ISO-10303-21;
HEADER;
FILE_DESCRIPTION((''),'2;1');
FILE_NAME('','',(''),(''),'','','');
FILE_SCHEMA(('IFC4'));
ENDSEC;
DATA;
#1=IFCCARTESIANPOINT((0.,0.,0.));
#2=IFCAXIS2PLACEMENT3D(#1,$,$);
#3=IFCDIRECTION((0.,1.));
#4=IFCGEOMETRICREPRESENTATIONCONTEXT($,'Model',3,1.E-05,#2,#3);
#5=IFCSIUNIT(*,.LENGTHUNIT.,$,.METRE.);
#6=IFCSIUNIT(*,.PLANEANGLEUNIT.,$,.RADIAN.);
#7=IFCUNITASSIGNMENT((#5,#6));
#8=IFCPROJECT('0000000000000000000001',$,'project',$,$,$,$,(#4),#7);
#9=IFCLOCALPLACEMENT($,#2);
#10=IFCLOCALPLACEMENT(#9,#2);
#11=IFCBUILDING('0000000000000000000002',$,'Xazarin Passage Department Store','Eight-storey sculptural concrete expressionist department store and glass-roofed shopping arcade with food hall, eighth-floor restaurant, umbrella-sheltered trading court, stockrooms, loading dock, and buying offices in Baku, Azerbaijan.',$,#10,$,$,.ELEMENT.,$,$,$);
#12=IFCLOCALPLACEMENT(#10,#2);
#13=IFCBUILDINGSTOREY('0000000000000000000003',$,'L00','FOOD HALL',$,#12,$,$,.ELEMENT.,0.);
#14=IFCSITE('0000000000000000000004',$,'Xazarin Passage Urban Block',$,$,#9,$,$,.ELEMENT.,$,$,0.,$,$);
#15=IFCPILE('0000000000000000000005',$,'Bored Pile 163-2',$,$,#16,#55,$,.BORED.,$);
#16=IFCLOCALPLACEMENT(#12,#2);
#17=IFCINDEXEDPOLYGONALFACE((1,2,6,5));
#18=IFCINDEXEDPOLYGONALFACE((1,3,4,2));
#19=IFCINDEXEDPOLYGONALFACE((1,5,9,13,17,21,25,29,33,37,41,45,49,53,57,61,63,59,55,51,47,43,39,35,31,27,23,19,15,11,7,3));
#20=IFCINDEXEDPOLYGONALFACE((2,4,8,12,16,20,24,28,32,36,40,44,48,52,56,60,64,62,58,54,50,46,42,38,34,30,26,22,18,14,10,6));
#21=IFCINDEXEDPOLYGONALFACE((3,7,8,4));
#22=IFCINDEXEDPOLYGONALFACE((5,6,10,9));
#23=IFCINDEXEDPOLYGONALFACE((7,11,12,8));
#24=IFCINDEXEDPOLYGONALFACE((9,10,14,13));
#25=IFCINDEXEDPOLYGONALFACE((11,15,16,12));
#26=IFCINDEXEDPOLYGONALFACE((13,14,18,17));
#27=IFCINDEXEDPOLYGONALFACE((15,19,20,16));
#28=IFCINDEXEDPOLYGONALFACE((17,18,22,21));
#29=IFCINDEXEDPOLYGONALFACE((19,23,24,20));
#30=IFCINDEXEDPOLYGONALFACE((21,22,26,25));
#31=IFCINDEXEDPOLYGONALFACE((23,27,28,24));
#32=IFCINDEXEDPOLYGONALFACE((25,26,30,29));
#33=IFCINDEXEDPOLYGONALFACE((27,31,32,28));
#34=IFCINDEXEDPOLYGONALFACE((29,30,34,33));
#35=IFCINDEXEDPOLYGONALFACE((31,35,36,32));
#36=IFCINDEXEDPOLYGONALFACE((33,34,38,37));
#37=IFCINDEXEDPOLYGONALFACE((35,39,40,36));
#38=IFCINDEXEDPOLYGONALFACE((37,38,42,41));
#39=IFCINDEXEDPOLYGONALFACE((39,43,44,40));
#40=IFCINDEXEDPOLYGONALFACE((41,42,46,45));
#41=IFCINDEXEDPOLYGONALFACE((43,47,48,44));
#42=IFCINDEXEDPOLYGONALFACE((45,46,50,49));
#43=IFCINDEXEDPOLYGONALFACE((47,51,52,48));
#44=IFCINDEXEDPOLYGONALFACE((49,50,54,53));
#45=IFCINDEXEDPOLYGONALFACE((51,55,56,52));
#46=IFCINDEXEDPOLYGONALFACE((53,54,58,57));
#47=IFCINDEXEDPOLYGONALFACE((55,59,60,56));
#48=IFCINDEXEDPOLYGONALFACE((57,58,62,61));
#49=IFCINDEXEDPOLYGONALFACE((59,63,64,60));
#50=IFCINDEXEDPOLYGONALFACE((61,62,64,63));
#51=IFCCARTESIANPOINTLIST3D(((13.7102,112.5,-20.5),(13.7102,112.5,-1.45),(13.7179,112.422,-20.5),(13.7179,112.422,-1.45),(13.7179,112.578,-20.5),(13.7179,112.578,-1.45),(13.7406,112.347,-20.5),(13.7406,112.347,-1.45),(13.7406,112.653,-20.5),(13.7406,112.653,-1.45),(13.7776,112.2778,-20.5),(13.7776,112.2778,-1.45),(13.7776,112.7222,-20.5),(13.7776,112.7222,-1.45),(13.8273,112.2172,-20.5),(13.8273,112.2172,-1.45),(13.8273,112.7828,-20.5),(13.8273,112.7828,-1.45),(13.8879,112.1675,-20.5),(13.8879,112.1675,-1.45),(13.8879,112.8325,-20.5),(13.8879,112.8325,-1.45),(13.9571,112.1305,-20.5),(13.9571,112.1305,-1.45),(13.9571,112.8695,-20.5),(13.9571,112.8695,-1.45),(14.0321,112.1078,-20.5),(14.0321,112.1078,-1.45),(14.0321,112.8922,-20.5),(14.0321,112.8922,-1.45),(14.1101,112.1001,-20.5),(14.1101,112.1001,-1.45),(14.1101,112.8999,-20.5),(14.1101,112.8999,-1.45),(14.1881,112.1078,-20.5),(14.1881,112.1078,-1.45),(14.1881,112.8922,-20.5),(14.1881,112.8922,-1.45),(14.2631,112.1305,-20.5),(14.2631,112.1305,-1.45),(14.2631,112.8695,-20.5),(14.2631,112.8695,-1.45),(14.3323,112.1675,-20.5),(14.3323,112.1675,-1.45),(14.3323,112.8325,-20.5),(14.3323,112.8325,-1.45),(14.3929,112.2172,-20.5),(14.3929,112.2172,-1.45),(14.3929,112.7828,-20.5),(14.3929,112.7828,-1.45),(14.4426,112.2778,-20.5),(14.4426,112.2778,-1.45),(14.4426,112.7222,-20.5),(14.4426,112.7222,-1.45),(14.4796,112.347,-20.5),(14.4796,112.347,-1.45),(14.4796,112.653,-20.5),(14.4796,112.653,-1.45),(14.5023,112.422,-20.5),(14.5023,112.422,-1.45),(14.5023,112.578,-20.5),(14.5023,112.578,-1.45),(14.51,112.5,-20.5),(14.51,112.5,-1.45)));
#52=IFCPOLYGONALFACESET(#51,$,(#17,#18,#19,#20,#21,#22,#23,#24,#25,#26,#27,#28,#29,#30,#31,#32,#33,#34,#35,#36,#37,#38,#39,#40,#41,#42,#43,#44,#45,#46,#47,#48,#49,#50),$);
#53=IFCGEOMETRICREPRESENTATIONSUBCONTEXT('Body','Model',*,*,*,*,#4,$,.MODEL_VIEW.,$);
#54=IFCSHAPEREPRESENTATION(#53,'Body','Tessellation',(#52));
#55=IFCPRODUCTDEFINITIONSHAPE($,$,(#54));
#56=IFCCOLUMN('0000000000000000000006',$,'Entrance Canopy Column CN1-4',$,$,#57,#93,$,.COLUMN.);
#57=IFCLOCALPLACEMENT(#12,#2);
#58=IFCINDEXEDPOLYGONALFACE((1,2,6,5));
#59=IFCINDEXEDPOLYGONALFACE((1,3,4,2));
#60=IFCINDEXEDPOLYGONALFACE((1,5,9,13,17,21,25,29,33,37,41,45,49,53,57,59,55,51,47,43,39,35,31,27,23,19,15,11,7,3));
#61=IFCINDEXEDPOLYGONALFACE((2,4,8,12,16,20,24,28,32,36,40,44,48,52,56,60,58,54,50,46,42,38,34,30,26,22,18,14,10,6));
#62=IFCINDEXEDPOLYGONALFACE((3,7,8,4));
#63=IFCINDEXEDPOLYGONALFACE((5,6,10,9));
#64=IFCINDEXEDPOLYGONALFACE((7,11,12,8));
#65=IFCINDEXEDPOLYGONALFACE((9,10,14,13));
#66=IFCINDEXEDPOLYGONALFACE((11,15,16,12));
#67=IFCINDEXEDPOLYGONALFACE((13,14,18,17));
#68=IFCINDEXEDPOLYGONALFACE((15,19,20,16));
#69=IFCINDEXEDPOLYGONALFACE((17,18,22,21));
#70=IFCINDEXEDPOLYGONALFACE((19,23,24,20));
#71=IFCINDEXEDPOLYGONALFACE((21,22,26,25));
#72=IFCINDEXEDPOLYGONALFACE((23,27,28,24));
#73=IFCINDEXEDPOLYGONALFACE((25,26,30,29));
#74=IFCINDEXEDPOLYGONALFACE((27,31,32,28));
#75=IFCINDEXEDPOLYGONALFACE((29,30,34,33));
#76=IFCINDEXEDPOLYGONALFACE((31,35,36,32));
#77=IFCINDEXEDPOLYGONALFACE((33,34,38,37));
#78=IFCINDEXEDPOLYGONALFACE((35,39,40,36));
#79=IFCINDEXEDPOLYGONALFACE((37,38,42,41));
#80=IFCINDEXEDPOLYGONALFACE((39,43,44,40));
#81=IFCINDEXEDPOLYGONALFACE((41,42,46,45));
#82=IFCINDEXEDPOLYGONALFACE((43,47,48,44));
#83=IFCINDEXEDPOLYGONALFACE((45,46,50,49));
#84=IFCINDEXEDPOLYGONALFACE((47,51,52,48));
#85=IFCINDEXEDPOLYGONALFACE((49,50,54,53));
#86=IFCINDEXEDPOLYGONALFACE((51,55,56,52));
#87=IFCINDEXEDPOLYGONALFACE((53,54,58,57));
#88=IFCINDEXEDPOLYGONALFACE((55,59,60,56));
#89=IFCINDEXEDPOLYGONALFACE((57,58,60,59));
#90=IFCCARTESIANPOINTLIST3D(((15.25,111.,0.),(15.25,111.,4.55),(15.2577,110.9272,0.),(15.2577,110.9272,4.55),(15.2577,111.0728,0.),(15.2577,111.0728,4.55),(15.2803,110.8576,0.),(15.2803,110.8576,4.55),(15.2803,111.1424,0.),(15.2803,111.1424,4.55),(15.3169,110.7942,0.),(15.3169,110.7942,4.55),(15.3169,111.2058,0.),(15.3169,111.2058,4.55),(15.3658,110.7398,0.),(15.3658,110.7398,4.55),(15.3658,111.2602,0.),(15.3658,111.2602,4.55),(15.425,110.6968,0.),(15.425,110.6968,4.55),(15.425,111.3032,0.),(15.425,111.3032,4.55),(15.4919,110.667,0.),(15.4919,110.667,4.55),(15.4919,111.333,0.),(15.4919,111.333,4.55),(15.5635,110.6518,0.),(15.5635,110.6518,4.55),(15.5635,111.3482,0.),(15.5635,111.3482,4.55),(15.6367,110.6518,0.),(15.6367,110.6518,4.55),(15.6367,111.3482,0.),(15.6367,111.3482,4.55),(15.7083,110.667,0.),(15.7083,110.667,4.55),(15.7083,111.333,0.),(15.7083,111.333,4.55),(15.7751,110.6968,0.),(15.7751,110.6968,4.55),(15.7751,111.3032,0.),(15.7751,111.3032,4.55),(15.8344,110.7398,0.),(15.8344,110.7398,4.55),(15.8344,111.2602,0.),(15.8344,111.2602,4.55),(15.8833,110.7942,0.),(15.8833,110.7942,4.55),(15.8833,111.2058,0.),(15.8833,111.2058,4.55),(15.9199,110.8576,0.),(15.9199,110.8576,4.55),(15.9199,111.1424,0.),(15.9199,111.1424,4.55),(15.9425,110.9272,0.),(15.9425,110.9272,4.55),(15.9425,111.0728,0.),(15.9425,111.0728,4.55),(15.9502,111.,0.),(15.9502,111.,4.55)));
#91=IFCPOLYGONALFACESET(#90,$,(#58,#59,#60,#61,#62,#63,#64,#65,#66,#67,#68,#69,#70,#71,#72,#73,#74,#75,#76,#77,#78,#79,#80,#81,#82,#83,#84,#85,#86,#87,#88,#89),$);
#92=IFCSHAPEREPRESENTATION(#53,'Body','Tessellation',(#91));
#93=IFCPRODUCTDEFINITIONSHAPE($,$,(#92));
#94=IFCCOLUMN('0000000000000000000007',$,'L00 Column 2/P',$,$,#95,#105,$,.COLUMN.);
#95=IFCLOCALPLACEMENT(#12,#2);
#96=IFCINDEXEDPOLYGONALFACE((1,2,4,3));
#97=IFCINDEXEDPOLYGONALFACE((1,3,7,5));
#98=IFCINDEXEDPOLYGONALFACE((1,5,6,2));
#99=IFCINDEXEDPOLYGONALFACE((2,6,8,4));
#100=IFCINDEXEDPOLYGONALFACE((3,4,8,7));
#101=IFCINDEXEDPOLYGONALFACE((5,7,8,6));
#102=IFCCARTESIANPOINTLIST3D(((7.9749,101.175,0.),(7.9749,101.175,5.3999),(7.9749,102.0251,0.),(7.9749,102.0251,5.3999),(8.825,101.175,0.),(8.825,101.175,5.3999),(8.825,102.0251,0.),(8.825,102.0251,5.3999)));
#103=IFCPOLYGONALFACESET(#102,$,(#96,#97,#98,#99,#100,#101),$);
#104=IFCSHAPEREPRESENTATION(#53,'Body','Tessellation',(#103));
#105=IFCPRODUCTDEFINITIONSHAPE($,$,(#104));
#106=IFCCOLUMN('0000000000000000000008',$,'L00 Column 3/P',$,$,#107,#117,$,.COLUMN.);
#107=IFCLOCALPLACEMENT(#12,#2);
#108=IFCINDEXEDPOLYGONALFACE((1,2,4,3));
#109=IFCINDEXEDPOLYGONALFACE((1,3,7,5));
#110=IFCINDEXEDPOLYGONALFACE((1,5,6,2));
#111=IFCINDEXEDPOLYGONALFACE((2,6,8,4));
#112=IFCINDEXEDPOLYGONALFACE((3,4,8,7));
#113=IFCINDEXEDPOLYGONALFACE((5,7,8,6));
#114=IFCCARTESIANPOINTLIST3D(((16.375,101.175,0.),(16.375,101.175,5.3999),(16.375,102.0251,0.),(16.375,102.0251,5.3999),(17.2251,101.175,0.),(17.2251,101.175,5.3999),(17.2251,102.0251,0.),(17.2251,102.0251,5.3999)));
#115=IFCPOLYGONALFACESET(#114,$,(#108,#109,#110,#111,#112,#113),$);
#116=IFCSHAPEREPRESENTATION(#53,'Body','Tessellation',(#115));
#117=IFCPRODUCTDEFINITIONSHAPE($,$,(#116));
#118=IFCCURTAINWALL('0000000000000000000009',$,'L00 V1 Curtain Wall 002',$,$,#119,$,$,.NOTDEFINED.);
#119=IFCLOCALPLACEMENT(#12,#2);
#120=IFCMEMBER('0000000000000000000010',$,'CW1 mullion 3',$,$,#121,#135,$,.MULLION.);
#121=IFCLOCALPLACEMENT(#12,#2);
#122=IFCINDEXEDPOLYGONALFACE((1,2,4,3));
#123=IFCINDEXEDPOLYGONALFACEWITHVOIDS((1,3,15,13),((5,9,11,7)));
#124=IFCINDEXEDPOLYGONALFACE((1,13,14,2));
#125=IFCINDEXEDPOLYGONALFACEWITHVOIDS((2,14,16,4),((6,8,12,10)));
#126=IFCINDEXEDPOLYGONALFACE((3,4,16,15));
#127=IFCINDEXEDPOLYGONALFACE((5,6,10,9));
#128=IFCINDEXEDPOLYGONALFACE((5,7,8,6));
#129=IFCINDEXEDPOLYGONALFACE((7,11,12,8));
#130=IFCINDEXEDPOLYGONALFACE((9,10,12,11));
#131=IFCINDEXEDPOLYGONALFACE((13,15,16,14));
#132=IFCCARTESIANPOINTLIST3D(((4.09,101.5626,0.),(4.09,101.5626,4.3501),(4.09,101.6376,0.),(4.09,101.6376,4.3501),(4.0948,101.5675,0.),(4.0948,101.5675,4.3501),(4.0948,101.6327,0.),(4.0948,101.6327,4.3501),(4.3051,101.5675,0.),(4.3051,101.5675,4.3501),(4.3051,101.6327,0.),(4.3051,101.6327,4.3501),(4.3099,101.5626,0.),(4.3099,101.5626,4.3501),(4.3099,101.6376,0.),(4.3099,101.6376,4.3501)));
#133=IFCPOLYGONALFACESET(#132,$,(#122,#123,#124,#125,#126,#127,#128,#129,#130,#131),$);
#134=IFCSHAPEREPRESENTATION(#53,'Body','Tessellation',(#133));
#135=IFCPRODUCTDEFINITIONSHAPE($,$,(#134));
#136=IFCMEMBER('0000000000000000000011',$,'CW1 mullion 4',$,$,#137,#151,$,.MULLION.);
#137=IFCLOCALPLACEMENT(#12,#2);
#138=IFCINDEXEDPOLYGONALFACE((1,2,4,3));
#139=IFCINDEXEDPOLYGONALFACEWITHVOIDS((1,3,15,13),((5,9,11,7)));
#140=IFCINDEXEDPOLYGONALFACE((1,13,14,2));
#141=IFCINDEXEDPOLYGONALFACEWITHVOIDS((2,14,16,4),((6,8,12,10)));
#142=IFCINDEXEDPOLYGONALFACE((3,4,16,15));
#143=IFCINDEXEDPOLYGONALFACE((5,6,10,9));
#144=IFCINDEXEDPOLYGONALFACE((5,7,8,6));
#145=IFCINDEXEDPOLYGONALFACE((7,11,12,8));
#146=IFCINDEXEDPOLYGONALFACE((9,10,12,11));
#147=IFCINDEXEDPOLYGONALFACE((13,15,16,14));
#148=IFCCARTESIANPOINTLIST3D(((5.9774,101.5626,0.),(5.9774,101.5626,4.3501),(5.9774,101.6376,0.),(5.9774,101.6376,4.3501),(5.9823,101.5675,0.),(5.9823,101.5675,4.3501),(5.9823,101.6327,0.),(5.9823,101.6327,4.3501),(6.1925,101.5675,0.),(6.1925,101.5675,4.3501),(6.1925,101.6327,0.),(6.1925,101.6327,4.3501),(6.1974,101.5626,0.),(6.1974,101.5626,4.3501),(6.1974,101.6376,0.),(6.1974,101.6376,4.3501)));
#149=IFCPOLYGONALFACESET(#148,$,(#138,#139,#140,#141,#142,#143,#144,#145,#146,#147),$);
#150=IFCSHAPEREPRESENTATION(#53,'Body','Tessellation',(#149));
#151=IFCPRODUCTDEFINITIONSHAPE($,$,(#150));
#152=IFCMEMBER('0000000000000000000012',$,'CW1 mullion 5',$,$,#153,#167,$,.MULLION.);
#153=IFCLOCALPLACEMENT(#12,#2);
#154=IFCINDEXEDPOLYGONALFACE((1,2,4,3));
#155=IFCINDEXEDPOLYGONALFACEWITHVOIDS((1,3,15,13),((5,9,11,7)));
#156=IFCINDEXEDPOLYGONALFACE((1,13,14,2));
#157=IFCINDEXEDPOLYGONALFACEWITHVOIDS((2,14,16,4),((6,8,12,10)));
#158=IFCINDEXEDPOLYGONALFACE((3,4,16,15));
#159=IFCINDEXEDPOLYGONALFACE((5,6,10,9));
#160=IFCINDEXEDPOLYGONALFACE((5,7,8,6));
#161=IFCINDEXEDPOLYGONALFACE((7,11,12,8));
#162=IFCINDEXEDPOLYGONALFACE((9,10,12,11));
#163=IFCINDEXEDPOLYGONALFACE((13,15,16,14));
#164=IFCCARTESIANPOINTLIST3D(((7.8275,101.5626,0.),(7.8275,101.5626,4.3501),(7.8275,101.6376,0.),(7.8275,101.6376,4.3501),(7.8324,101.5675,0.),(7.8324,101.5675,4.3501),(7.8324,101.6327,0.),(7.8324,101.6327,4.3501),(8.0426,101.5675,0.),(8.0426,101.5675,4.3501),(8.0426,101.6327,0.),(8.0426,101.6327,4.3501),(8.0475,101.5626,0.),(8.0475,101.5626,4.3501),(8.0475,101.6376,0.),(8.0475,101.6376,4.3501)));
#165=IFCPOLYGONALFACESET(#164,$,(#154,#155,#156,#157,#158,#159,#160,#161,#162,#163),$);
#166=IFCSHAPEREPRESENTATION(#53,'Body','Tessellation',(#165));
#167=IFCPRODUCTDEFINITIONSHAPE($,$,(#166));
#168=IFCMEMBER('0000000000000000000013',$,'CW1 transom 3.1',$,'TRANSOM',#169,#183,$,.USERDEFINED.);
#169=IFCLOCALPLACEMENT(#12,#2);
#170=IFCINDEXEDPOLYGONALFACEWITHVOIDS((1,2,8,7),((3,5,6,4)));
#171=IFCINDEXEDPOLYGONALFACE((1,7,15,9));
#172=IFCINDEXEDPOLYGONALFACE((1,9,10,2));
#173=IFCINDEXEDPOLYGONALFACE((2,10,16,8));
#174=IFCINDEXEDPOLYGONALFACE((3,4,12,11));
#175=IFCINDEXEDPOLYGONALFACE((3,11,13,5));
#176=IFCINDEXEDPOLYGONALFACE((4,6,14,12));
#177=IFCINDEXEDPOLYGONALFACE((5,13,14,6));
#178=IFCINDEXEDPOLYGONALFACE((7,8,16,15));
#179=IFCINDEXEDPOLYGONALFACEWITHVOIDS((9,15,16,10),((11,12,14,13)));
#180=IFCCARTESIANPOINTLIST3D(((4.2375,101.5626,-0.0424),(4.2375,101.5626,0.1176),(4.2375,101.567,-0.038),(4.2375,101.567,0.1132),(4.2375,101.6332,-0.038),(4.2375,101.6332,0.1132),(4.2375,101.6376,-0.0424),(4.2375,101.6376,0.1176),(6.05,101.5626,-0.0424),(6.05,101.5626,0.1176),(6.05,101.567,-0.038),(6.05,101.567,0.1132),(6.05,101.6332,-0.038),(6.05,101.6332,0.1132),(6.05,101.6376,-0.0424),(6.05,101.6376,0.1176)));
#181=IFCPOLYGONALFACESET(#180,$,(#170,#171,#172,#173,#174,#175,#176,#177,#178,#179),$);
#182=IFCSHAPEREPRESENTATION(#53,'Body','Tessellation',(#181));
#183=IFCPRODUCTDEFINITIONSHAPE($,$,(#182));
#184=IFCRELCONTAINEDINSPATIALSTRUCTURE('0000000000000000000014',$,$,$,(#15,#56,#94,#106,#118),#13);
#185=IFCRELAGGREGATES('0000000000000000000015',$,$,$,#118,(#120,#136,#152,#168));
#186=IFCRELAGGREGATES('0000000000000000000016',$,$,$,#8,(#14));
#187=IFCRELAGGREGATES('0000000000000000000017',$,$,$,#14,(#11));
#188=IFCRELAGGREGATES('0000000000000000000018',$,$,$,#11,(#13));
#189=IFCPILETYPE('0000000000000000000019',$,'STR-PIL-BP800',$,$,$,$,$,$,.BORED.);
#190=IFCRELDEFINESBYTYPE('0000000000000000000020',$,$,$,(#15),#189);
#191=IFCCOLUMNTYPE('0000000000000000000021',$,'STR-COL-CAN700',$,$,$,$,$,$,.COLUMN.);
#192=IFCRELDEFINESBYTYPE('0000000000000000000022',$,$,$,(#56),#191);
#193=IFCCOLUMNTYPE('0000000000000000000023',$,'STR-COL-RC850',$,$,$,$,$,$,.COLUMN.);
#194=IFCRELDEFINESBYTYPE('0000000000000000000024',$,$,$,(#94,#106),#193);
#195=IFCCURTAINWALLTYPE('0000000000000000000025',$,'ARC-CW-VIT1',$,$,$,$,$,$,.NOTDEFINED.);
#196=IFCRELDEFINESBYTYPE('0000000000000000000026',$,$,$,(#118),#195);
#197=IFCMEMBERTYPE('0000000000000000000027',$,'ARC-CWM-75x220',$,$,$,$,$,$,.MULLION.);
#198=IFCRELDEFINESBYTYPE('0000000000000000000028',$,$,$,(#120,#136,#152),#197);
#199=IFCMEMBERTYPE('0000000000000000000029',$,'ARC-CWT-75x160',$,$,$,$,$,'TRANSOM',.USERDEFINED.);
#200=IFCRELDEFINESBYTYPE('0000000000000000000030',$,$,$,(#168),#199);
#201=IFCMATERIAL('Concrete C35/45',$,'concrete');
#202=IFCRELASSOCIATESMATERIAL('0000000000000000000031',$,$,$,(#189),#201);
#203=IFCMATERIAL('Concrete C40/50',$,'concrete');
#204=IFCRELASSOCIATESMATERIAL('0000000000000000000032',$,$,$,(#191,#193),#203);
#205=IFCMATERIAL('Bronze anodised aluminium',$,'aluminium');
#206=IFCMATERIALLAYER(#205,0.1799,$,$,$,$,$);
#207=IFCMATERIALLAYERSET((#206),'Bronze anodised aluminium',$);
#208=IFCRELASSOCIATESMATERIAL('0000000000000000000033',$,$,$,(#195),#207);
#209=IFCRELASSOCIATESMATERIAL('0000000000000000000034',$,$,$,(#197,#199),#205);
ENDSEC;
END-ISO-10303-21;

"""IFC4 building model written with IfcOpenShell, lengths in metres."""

from ifc_helpers import new_model, si_unit, direction, frame, origin, origin_2d, place, context, subcontext, project, spatial, rectangle, hollow_rectangle, circle, extrude, material, layer, layer_set, material_profile, profile_set, type_object, element, aggregate, save


model = new_model("IFC4")

# Units and contexts
model_context = context("Model", 3, precision=1e-05, world=origin(), true_north=direction((0.0, 1.0)))
body_context = subcontext(model_context, "Body", "Model", "MODEL_VIEW")
ifc_project = project(units=[si_unit("LENGTHUNIT", "METRE"), si_unit("PLANEANGLEUNIT", "RADIAN")], contexts=[model_context])

# Site, building, storey
site_placement = place(None, origin())
site = spatial("IfcSite", under=ifc_project, at=site_placement, Name="Xazarin Passage Urban Block", CompositionType="ELEMENT", RefElevation=0.0)
building_placement = place(site_placement, origin())
building = spatial("IfcBuilding", under=site, at=building_placement, Name="Xazarin Passage Department Store", Description="Eight-storey sculptural concrete expressionist department store and glass-roofed shopping arcade with food hall, eighth-floor restaurant, umbrella-sheltered trading court, stockrooms, loading dock, and buying offices in Baku, Azerbaijan.", CompositionType="ELEMENT")
storey_placement = place(building_placement, origin())
storey = spatial("IfcBuildingStorey", under=building, at=storey_placement, Name="L00", Description="FOOD HALL", CompositionType="ELEMENT", Elevation=0.0)

# Pile
ifc_material_1 = material(Name="Concrete C35/45", Category="concrete")
ifc_material_profile_1 = material_profile(ifc_material_1, circle(Radius=0.3999, at=origin_2d()), Name="BP 800")
ifc_profile_set_1 = profile_set([ifc_material_profile_1], Name="Concrete C35/45")
pile_type_1 = type_object("IfcPileType", Name="STR-PIL-BP800", PredefinedType="BORED", material=ifc_profile_set_1)
pile_1_placement = place(storey_placement, frame((14.1101, 112.5, -1.45), z_axis=(0.0, 0.0, -1.0), x_axis=(1.0, 0.0, 0.0)))
element("IfcPile", 1, at=pile_1_placement, inside=storey, type_object=pile_type_1, Name="Bored Pile 163-2", PredefinedType="BORED", context=body_context, shape_type="SweptSolid", body=[
    extrude(circle(Radius=0.3999, at=origin_2d()), origin(), (0.0, 0.0, 1.0), 19.05),
])

# Columns
ifc_material_2 = material(Name="Concrete C40/50", Category="concrete")
ifc_material_profile_2 = material_profile(ifc_material_2, circle(Radius=0.3501, at=origin_2d()), Name="RCD 700")
ifc_profile_set_2 = profile_set([ifc_material_profile_2], Name="Concrete C40/50")
column_type_1 = type_object("IfcColumnType", Name="STR-COL-CAN700", PredefinedType="COLUMN", material=ifc_profile_set_2)
column_placement = place(storey_placement, frame((15.6001, 111.0, 0.0), z_axis=(0.0, 0.0, 1.0), x_axis=(1.0, 0.0, 0.0)))
element("IfcColumn", 2, at=column_placement, inside=storey, type_object=column_type_1, Name="Entrance Canopy Column CN1-4", PredefinedType="COLUMN", context=body_context, shape_type="SweptSolid", body=[
    extrude(circle(Radius=0.3501, at=origin_2d()), origin(), (0.0, 0.0, 1.0), 4.55),
])
ifc_material_profile_3 = material_profile(ifc_material_2, rectangle(XDim=0.8501, YDim=0.8501, at=origin_2d()), Name="RC 850x850")
ifc_profile_set_3 = profile_set([ifc_material_profile_3], Name="Concrete C40/50")
column_type_2 = type_object("IfcColumnType", Name="STR-COL-RC850", PredefinedType="COLUMN", material=ifc_profile_set_3)
for number, where, z_axis, x_axis, name in (
    (3, (8.3999, 101.6001, 0.0), (0.0, 0.0, 1.0), (1.0, 0.0, 0.0), "L00 Column 2/P"),
    (4, (16.8, 101.6001, 0.0), (0.0, 0.0, 1.0), (1.0, 0.0, 0.0), "L00 Column 3/P"),
):
    element("IfcColumn", number, at=place(storey_placement, frame(where, z_axis=z_axis, x_axis=x_axis)), inside=storey, type_object=column_type_2, Name=name, PredefinedType="COLUMN", context=body_context, shape_type="SweptSolid", body=[
        extrude(rectangle(XDim=0.8501, YDim=0.8501, at=origin_2d()), origin(), (0.0, 0.0, 1.0), 5.3999),
    ])

# Curtain wall, members
ifc_material_3 = material(Name="Bronze anodised aluminium", Category="aluminium")
ifc_layer_1 = layer(ifc_material_3, 0.1799)
ifc_layer_set_1 = layer_set([ifc_layer_1], Name="Bronze anodised aluminium")
curtain_wall_type = type_object("IfcCurtainWallType", Name="ARC-CW-VIT1", PredefinedType="NOTDEFINED", material=ifc_layer_set_1)
curtain_wall_placement = place(storey_placement, origin())
curtain_wall = element("IfcCurtainWall", 5, at=curtain_wall_placement, inside=storey, type_object=curtain_wall_type, Name="L00 V1 Curtain Wall 002", PredefinedType="NOTDEFINED")
ifc_material_profile_4 = material_profile(ifc_material_3, hollow_rectangle(XDim=0.075, YDim=0.22, WallThickness=0.0049, at=origin_2d()), Name="ALU 75x220")
ifc_profile_set_4 = profile_set([ifc_material_profile_4], Name="Bronze anodised aluminium")
member_type_1 = type_object("IfcMemberType", Name="ARC-CWM-75x220", PredefinedType="MULLION", material=ifc_profile_set_4)
member_1_placement = place(storey_placement, frame((4.2, 101.6001, 0.0), z_axis=(0.0, 0.0, 1.0), x_axis=(0.0, 1.0, 0.0)))
member_1 = element("IfcMember", 6, at=member_1_placement, type_object=member_type_1, Name="CW1 mullion 3", PredefinedType="MULLION", context=body_context, shape_type="SweptSolid", body=[
    extrude(hollow_rectangle(XDim=0.075, YDim=0.22, WallThickness=0.0049, at=origin_2d()), origin(), (0.0, 0.0, 1.0), 4.3501),
])
member_2_placement = place(storey_placement, frame((6.0874, 101.6001, 0.0), z_axis=(0.0, 0.0, 1.0), x_axis=(0.0, 1.0, 0.0)))
member_2 = element("IfcMember", 7, at=member_2_placement, type_object=member_type_1, Name="CW1 mullion 4", PredefinedType="MULLION", context=body_context, shape_type="SweptSolid", body=[
    extrude(hollow_rectangle(XDim=0.075, YDim=0.22, WallThickness=0.0049, at=origin_2d()), origin(), (0.0, 0.0, 1.0), 4.3501),
])
member_3_placement = place(storey_placement, frame((7.9375, 101.6001, 0.0), z_axis=(0.0, 0.0, 1.0), x_axis=(0.0, 1.0, 0.0)))
member_3 = element("IfcMember", 8, at=member_3_placement, type_object=member_type_1, Name="CW1 mullion 5", PredefinedType="MULLION", context=body_context, shape_type="SweptSolid", body=[
    extrude(hollow_rectangle(XDim=0.075, YDim=0.22, WallThickness=0.0049, at=origin_2d()), origin(), (0.0, 0.0, 1.0), 4.3501),
])
ifc_material_profile_5 = material_profile(ifc_material_3, hollow_rectangle(XDim=0.075, YDim=0.1599, WallThickness=0.0044, at=origin_2d()), Name="ALU 75x160")
ifc_profile_set_5 = profile_set([ifc_material_profile_5], Name="Bronze anodised aluminium")
member_type_2 = type_object("IfcMemberType", Name="ARC-CWT-75x160", ElementType="TRANSOM", PredefinedType="USERDEFINED", material=ifc_profile_set_5)
member_4_placement = place(storey_placement, frame((4.2375, 101.6001, 0.0376), z_axis=(1.0, 0.0, 0.0), x_axis=(0.0, 1.0, 0.0)))
member_4 = element("IfcMember", 9, at=member_4_placement, type_object=member_type_2, Name="CW1 transom 3.1", ObjectType="TRANSOM", PredefinedType="USERDEFINED", context=body_context, shape_type="SweptSolid", body=[
    extrude(hollow_rectangle(XDim=0.075, YDim=0.1599, WallThickness=0.0044, at=origin_2d()), origin(), (0.0, 0.0, 1.0), 1.8125),
])

aggregate(curtain_wall, [member_1, member_2, member_3, member_4])

save(model, "model.ifc")
